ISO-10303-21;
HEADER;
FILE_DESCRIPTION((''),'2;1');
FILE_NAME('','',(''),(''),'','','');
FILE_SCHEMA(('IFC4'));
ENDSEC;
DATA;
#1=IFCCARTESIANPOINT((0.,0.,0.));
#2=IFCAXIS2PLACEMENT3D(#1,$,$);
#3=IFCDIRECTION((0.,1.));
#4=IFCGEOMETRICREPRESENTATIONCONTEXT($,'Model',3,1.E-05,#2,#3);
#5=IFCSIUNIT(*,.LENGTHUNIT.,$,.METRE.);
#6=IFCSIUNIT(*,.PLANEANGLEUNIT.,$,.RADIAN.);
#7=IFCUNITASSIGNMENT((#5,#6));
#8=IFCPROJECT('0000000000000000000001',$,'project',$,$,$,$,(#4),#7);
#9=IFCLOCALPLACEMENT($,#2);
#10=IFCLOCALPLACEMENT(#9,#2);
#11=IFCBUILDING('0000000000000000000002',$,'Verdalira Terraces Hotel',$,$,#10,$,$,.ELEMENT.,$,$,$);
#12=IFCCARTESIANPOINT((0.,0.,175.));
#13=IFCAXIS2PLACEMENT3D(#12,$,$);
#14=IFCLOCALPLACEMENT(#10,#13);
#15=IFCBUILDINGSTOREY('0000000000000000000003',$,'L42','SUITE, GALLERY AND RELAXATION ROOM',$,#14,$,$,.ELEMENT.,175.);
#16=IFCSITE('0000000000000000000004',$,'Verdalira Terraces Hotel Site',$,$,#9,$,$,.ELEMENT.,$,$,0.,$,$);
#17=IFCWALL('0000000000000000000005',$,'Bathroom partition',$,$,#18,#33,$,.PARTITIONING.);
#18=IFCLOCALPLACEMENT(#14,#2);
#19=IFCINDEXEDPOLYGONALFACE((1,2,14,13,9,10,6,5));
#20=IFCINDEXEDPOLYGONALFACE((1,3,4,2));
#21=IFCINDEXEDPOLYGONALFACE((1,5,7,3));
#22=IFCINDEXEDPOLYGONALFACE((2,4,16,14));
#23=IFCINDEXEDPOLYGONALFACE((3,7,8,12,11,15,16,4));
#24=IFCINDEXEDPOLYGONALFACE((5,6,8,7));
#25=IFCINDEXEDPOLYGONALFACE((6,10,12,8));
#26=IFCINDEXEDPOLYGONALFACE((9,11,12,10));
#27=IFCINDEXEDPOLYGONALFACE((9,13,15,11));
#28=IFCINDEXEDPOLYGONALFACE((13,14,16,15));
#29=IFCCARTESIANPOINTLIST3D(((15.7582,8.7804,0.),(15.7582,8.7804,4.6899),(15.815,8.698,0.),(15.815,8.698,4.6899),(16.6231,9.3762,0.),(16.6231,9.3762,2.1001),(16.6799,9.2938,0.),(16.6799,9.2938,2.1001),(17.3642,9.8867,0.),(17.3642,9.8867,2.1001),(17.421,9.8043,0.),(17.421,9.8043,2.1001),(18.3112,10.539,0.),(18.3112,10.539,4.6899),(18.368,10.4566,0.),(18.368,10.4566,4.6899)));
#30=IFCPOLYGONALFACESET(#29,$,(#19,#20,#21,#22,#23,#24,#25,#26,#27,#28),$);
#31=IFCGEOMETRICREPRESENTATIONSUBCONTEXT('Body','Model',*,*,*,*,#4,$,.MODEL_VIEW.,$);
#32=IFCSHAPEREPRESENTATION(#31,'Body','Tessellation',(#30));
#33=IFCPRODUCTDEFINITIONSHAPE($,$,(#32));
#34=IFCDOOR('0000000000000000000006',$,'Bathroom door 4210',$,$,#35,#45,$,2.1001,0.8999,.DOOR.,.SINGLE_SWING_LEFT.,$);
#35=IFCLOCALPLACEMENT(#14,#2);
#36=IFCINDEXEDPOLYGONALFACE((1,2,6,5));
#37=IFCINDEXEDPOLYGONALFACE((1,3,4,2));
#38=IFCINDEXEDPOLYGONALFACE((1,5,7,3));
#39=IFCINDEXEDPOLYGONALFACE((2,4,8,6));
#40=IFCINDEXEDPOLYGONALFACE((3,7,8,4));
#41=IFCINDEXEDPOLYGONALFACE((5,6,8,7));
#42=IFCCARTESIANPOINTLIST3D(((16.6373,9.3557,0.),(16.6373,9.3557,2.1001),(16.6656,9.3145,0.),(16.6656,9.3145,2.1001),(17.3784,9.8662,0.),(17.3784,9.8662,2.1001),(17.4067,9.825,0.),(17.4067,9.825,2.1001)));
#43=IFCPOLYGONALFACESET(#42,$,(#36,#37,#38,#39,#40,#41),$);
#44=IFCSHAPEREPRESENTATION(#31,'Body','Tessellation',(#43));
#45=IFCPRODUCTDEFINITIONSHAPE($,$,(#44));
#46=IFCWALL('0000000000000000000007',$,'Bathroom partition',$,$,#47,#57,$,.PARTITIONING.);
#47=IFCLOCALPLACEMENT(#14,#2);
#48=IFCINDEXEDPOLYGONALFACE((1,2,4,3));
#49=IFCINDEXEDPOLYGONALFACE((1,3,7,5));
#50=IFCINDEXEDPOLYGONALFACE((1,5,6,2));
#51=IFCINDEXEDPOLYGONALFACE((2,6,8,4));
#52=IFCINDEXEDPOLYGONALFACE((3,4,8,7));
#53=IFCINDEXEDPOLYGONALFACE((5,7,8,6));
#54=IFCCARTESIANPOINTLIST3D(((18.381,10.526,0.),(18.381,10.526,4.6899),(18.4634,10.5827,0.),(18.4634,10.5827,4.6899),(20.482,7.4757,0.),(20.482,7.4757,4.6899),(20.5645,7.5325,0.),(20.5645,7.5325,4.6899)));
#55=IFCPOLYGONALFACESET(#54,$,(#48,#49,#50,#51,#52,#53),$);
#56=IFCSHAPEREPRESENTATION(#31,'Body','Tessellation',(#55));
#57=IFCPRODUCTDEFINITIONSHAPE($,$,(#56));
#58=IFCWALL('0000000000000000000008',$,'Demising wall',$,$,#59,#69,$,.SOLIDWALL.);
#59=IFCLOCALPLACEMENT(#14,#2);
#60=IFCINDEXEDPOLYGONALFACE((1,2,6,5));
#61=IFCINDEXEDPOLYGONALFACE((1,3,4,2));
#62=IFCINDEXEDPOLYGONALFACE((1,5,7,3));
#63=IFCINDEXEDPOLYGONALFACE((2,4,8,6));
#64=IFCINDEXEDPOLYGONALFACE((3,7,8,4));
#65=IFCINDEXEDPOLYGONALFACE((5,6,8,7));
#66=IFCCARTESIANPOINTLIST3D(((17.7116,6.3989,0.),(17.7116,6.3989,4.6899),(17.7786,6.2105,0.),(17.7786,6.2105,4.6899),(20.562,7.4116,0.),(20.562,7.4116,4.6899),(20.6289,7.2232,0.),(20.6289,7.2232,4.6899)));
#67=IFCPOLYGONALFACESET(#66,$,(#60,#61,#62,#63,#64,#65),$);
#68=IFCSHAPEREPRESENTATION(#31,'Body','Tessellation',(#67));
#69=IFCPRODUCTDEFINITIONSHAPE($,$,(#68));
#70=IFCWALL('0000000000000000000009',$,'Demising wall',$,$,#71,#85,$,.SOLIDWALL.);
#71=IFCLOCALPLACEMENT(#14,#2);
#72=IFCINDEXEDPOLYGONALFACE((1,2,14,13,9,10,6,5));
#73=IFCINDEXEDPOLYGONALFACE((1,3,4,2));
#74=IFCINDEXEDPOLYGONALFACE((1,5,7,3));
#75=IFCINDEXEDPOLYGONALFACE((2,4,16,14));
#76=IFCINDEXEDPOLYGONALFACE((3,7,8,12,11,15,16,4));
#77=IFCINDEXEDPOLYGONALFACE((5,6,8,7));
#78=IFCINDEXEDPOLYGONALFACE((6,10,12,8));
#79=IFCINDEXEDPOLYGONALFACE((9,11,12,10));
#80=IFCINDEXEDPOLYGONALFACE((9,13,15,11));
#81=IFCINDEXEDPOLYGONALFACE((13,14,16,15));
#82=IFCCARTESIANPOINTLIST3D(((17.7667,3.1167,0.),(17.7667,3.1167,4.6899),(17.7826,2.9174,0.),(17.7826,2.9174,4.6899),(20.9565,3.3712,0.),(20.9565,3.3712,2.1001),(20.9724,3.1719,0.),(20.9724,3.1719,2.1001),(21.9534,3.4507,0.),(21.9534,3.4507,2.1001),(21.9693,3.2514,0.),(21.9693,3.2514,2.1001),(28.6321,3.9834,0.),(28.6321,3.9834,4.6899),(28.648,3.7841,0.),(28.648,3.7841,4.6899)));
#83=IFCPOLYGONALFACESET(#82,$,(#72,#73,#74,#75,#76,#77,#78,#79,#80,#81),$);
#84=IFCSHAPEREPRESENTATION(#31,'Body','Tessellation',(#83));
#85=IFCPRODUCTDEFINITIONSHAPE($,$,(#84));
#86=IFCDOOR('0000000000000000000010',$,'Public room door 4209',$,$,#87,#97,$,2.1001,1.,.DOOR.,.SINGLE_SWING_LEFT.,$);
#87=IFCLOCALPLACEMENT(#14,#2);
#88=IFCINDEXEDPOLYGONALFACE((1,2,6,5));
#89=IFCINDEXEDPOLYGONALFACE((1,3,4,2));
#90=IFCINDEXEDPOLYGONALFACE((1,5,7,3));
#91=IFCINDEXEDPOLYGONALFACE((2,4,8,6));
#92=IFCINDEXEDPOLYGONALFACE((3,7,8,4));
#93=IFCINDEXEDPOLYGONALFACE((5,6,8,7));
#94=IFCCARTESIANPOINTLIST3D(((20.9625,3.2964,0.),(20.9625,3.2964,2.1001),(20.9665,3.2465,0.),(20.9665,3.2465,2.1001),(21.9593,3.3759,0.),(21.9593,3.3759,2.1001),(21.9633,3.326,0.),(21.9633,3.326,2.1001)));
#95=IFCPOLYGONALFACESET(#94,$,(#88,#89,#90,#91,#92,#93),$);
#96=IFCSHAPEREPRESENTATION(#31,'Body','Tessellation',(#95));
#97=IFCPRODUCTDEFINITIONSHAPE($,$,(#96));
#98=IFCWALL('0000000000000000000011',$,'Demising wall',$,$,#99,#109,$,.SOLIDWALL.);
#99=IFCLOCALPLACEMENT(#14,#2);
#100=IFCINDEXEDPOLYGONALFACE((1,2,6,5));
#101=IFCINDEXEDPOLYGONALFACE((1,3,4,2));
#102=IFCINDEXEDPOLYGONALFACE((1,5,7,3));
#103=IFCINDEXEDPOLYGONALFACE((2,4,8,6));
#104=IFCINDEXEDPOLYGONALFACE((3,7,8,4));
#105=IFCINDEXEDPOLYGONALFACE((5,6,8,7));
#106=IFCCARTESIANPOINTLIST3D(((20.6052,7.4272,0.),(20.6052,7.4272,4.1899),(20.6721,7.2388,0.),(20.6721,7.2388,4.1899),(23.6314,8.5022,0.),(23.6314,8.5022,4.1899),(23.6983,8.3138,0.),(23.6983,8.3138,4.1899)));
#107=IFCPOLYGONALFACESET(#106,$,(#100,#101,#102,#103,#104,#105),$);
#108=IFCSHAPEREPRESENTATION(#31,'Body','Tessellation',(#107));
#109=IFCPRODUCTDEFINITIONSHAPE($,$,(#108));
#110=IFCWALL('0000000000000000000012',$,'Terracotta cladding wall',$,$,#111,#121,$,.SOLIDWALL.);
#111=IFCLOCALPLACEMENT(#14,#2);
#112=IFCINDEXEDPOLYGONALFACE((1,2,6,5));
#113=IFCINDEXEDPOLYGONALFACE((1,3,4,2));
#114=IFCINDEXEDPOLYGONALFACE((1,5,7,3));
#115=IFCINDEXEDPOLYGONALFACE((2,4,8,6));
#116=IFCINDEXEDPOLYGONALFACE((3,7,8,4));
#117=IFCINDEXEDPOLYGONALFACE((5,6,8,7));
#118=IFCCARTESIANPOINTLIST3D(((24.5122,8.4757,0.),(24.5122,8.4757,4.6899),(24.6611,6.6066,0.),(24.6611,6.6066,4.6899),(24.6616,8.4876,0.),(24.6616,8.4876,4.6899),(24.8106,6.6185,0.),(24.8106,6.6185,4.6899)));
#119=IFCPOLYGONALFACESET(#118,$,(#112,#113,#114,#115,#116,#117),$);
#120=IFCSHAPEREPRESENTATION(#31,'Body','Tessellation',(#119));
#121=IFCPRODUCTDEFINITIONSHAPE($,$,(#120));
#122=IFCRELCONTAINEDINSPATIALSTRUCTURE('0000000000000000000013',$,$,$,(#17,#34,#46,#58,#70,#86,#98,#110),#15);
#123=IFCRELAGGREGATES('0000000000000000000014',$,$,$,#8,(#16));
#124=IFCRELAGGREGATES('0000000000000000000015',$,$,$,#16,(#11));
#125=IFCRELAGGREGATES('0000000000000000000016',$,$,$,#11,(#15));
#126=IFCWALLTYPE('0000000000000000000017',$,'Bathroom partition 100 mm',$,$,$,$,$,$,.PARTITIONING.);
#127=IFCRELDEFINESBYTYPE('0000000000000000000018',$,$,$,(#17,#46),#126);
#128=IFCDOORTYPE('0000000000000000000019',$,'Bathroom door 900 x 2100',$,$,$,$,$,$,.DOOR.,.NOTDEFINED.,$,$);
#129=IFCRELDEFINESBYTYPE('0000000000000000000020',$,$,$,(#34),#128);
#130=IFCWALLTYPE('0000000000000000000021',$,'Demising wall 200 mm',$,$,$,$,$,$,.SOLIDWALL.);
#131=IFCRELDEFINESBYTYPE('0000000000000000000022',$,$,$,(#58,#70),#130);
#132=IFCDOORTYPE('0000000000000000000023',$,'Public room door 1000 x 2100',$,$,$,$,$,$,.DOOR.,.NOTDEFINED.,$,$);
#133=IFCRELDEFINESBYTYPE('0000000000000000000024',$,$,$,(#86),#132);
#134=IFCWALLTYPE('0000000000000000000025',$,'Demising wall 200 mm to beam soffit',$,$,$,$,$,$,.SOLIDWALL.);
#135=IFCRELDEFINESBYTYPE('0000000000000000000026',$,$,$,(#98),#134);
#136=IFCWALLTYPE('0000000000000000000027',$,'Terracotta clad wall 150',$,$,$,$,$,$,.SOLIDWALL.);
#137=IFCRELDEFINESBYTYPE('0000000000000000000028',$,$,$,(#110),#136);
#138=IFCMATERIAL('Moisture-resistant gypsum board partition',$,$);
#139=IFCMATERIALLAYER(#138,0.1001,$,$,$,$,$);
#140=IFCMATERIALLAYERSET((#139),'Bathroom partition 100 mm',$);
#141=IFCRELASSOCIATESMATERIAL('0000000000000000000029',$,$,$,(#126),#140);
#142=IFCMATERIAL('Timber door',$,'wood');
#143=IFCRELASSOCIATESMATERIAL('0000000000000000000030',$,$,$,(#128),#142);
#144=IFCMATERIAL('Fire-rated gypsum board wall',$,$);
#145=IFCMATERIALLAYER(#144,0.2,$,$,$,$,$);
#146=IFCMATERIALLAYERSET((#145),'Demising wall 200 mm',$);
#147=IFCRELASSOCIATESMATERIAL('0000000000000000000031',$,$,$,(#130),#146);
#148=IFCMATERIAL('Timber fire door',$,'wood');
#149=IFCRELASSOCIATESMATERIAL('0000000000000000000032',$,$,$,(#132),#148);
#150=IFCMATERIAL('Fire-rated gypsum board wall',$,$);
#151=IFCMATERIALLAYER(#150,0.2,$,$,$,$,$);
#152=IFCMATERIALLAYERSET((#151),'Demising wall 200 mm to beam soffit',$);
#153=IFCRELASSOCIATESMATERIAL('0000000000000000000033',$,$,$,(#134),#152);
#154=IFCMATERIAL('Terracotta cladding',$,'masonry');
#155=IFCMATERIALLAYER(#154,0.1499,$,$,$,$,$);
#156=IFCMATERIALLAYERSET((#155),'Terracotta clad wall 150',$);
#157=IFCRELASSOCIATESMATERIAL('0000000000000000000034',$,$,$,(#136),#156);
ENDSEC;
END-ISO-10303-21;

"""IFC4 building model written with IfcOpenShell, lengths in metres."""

from ifc_helpers import new_model, si_unit, direction, frame, frame_2d, origin, place, context, subcontext, project, spatial, rectangle, extrude, material, layer, layer_set, type_object, element, fill, save


model = new_model("IFC4")

# Units and contexts
model_context = context("Model", 3, precision=1e-05, world=origin(), true_north=direction((0.0, 1.0)))
body_context = subcontext(model_context, "Body", "Model", "MODEL_VIEW")
ifc_project = project(units=[si_unit("LENGTHUNIT", "METRE"), si_unit("PLANEANGLEUNIT", "RADIAN")], contexts=[model_context])

# Site, building, storey
site_placement = place(None, origin())
site = spatial("IfcSite", under=ifc_project, at=site_placement, Name="Verdalira Terraces Hotel Site", CompositionType="ELEMENT", RefElevation=0.0)
building_placement = place(site_placement, origin())
building = spatial("IfcBuilding", under=site, at=building_placement, Name="Verdalira Terraces Hotel", CompositionType="ELEMENT")
storey_placement = place(building_placement, frame((0.0, 0.0, 175.0)))
storey = spatial("IfcBuildingStorey", under=building, at=storey_placement, Name="L42", Description="SUITE, GALLERY AND RELAXATION ROOM", CompositionType="ELEMENT", Elevation=175.0)

# Wall, opening, door
ifc_material_1 = material(Name="Moisture-resistant gypsum board partition")
ifc_layer_1 = layer(ifc_material_1, 0.1001)
ifc_layer_set_1 = layer_set([ifc_layer_1], Name="Bathroom partition 100 mm")
wall_type_1 = type_object("IfcWallType", Name="Bathroom partition 100 mm", PredefinedType="PARTITIONING", material=ifc_layer_set_1)
wall_1_placement = place(storey_placement, frame((18.3396, 10.4978, 0.0), z_axis=(0.0, 0.0, 1.0), x_axis=(-0.823534, -0.567267, 0.0)))
wall_1 = element("IfcWall", 1, at=wall_1_placement, inside=storey, type_object=wall_type_1, Name="Bathroom partition", PredefinedType="PARTITIONING", context=body_context, shape_type="SweptSolid", body=[
    extrude(rectangle(XDim=3.1001, YDim=0.1001, at=frame_2d((1.55, 0.0))), origin(), (0.0, 0.0, 1.0), 4.6899),
])
opening_1_placement = place(wall_1_placement, frame((1.1499, 0.0, 0.0)))
opening_1 = element("IfcOpeningElement", 2, at=opening_1_placement, cuts=wall_1, PredefinedType="OPENING", context=body_context, shape_type="SweptSolid", body=[
    extrude(rectangle(XDim=0.8999, YDim=2.1001, at=frame_2d((0.45, 1.05))), frame((0.0, 0.0601, 0.0), z_axis=(0.0, -1.0, 0.0), x_axis=(1.0, 0.0, 0.0)), (0.0, 0.0, 1.0), 0.1201),
])
ifc_material_2 = material(Name="Timber door", Category="wood")
door_type_1 = type_object("IfcDoorType", Name="Bathroom door 900 x 2100", OperationType="NOTDEFINED", PredefinedType="DOOR", material=ifc_material_2)
door_1_placement = place(opening_1_placement, origin())
door_1 = element("IfcDoor", 3, at=door_1_placement, inside=storey, type_object=door_type_1, Name="Bathroom door 4210", OperationType="SINGLE_SWING_LEFT", OverallHeight=2.1001, OverallWidth=0.8999, PredefinedType="DOOR", context=body_context, shape_type="SweptSolid", body=[
    extrude(rectangle(XDim=0.8999, YDim=2.1001, at=frame_2d((0.45, 1.05))), frame((0.0, 0.0249, 0.0), z_axis=(0.0, -1.0, 0.0), x_axis=(1.0, 0.0, 0.0)), (0.0, 0.0, 1.0), 0.05),
])
fill(opening_1, door_1)

# Walls
wall_2_placement = place(storey_placement, frame((18.4221, 10.5544, 0.0), z_axis=(0.0, 0.0, 1.0), x_axis=(0.567262, -0.823538, 0.0)))
element("IfcWall", 4, at=wall_2_placement, inside=storey, type_object=wall_type_1, Name="Bathroom partition", PredefinedType="PARTITIONING", context=body_context, shape_type="SweptSolid", body=[
    extrude(rectangle(XDim=3.7039, YDim=0.1001, at=frame_2d((1.8521, 0.0))), origin(), (0.0, 0.0, 1.0), 4.6899),
])
ifc_material_3 = material(Name="Fire-rated gypsum board wall")
ifc_layer_2 = layer(ifc_material_3, 0.2)
ifc_layer_set_2 = layer_set([ifc_layer_2], Name="Demising wall 200 mm")
wall_type_2 = type_object("IfcWallType", Name="Demising wall 200 mm", PredefinedType="SOLIDWALL", material=ifc_layer_set_2)
wall_3_placement = place(storey_placement, frame((17.7451, 6.3047, 0.0), z_axis=(0.0, 0.0, 1.0), x_axis=(0.942294, 0.334787, 0.0)))
element("IfcWall", 5, at=wall_3_placement, inside=storey, type_object=wall_type_2, Name="Demising wall", PredefinedType="SOLIDWALL", context=body_context, shape_type="SweptSolid", body=[
    extrude(rectangle(XDim=3.0249, YDim=0.2, at=frame_2d((1.5125, 0.0))), origin(), (0.0, 0.0, 1.0), 4.6899),
])

# Wall, opening, door
wall_4_placement = place(storey_placement, frame((17.7747, 3.0171, 0.0), z_axis=(0.0, 0.0, 1.0), x_axis=(0.996834, 0.079514, 0.0)))
wall_4 = element("IfcWall", 6, at=wall_4_placement, inside=storey, type_object=wall_type_2, Name="Demising wall", PredefinedType="SOLIDWALL", context=body_context, shape_type="SweptSolid", body=[
    extrude(rectangle(XDim=10.8999, YDim=0.2, at=frame_2d((5.45, 0.0))), origin(), (0.0, 0.0, 1.0), 4.6899),
])
opening_2_placement = place(wall_4_placement, frame((3.2, 0.0, 0.0)))
opening_2 = element("IfcOpeningElement", 7, at=opening_2_placement, cuts=wall_4, PredefinedType="OPENING", context=body_context, shape_type="SweptSolid", body=[
    extrude(rectangle(XDim=1.0, YDim=2.1001, at=frame_2d((0.5, 1.05))), frame((0.0, 0.1099, 0.0), z_axis=(0.0, -1.0, 0.0), x_axis=(1.0, 0.0, 0.0)), (0.0, 0.0, 1.0), 0.22),
])
ifc_material_4 = material(Name="Timber fire door", Category="wood")
door_type_2 = type_object("IfcDoorType", Name="Public room door 1000 x 2100", OperationType="NOTDEFINED", PredefinedType="DOOR", material=ifc_material_4)
door_2_placement = place(opening_2_placement, origin())
door_2 = element("IfcDoor", 8, at=door_2_placement, inside=storey, type_object=door_type_2, Name="Public room door 4209", OperationType="SINGLE_SWING_LEFT", OverallHeight=2.1001, OverallWidth=1.0, PredefinedType="DOOR", context=body_context, shape_type="SweptSolid", body=[
    extrude(rectangle(XDim=1.0, YDim=2.1001, at=frame_2d((0.5, 1.05))), frame((0.0, 0.0249, 0.0), z_axis=(0.0, -1.0, 0.0), x_axis=(1.0, 0.0, 0.0)), (0.0, 0.0, 1.0), 0.05),
])
fill(opening_2, door_2)

# Walls
ifc_material_5 = material(Name="Fire-rated gypsum board wall")
ifc_layer_3 = layer(ifc_material_5, 0.2)
ifc_layer_set_3 = layer_set([ifc_layer_3], Name="Demising wall 200 mm to beam soffit")
wall_type_3 = type_object("IfcWallType", Name="Demising wall 200 mm to beam soffit", PredefinedType="SOLIDWALL", material=ifc_layer_set_3)
wall_5_placement = place(storey_placement, frame((20.6387, 7.333, 0.0), z_axis=(0.0, 0.0, 1.0), x_axis=(0.942313, 0.334732, 0.0)))
element("IfcWall", 9, at=wall_5_placement, inside=storey, type_object=wall_type_3, Name="Demising wall", PredefinedType="SOLIDWALL", context=body_context, shape_type="SweptSolid", body=[
    extrude(rectangle(XDim=3.2114, YDim=0.2, at=frame_2d((1.6057, 0.0))), origin(), (0.0, 0.0, 1.0), 4.1899),
])
ifc_material_6 = material(Name="Terracotta cladding", Category="masonry")
ifc_layer_4 = layer(ifc_material_6, 0.1499)
ifc_layer_set_4 = layer_set([ifc_layer_4], Name="Terracotta clad wall 150")
wall_type_4 = type_object("IfcWallType", Name="Terracotta clad wall 150", PredefinedType="SOLIDWALL", material=ifc_layer_set_4)
wall_6_placement = place(storey_placement, frame((24.7358, 6.6125, 0.0), z_axis=(0.0, 0.0, 1.0), x_axis=(-0.079424, 0.996841, 0.0)))
element("IfcWall", 10, at=wall_6_placement, inside=storey, type_object=wall_type_4, Name="Terracotta cladding wall", PredefinedType="SOLIDWALL", context=body_context, shape_type="SweptSolid", body=[
    extrude(rectangle(XDim=1.875, YDim=0.1499, at=frame_2d((0.9375, 0.0))), origin(), (0.0, 0.0, 1.0), 4.6899),
])

save(model, "model.ifc")
